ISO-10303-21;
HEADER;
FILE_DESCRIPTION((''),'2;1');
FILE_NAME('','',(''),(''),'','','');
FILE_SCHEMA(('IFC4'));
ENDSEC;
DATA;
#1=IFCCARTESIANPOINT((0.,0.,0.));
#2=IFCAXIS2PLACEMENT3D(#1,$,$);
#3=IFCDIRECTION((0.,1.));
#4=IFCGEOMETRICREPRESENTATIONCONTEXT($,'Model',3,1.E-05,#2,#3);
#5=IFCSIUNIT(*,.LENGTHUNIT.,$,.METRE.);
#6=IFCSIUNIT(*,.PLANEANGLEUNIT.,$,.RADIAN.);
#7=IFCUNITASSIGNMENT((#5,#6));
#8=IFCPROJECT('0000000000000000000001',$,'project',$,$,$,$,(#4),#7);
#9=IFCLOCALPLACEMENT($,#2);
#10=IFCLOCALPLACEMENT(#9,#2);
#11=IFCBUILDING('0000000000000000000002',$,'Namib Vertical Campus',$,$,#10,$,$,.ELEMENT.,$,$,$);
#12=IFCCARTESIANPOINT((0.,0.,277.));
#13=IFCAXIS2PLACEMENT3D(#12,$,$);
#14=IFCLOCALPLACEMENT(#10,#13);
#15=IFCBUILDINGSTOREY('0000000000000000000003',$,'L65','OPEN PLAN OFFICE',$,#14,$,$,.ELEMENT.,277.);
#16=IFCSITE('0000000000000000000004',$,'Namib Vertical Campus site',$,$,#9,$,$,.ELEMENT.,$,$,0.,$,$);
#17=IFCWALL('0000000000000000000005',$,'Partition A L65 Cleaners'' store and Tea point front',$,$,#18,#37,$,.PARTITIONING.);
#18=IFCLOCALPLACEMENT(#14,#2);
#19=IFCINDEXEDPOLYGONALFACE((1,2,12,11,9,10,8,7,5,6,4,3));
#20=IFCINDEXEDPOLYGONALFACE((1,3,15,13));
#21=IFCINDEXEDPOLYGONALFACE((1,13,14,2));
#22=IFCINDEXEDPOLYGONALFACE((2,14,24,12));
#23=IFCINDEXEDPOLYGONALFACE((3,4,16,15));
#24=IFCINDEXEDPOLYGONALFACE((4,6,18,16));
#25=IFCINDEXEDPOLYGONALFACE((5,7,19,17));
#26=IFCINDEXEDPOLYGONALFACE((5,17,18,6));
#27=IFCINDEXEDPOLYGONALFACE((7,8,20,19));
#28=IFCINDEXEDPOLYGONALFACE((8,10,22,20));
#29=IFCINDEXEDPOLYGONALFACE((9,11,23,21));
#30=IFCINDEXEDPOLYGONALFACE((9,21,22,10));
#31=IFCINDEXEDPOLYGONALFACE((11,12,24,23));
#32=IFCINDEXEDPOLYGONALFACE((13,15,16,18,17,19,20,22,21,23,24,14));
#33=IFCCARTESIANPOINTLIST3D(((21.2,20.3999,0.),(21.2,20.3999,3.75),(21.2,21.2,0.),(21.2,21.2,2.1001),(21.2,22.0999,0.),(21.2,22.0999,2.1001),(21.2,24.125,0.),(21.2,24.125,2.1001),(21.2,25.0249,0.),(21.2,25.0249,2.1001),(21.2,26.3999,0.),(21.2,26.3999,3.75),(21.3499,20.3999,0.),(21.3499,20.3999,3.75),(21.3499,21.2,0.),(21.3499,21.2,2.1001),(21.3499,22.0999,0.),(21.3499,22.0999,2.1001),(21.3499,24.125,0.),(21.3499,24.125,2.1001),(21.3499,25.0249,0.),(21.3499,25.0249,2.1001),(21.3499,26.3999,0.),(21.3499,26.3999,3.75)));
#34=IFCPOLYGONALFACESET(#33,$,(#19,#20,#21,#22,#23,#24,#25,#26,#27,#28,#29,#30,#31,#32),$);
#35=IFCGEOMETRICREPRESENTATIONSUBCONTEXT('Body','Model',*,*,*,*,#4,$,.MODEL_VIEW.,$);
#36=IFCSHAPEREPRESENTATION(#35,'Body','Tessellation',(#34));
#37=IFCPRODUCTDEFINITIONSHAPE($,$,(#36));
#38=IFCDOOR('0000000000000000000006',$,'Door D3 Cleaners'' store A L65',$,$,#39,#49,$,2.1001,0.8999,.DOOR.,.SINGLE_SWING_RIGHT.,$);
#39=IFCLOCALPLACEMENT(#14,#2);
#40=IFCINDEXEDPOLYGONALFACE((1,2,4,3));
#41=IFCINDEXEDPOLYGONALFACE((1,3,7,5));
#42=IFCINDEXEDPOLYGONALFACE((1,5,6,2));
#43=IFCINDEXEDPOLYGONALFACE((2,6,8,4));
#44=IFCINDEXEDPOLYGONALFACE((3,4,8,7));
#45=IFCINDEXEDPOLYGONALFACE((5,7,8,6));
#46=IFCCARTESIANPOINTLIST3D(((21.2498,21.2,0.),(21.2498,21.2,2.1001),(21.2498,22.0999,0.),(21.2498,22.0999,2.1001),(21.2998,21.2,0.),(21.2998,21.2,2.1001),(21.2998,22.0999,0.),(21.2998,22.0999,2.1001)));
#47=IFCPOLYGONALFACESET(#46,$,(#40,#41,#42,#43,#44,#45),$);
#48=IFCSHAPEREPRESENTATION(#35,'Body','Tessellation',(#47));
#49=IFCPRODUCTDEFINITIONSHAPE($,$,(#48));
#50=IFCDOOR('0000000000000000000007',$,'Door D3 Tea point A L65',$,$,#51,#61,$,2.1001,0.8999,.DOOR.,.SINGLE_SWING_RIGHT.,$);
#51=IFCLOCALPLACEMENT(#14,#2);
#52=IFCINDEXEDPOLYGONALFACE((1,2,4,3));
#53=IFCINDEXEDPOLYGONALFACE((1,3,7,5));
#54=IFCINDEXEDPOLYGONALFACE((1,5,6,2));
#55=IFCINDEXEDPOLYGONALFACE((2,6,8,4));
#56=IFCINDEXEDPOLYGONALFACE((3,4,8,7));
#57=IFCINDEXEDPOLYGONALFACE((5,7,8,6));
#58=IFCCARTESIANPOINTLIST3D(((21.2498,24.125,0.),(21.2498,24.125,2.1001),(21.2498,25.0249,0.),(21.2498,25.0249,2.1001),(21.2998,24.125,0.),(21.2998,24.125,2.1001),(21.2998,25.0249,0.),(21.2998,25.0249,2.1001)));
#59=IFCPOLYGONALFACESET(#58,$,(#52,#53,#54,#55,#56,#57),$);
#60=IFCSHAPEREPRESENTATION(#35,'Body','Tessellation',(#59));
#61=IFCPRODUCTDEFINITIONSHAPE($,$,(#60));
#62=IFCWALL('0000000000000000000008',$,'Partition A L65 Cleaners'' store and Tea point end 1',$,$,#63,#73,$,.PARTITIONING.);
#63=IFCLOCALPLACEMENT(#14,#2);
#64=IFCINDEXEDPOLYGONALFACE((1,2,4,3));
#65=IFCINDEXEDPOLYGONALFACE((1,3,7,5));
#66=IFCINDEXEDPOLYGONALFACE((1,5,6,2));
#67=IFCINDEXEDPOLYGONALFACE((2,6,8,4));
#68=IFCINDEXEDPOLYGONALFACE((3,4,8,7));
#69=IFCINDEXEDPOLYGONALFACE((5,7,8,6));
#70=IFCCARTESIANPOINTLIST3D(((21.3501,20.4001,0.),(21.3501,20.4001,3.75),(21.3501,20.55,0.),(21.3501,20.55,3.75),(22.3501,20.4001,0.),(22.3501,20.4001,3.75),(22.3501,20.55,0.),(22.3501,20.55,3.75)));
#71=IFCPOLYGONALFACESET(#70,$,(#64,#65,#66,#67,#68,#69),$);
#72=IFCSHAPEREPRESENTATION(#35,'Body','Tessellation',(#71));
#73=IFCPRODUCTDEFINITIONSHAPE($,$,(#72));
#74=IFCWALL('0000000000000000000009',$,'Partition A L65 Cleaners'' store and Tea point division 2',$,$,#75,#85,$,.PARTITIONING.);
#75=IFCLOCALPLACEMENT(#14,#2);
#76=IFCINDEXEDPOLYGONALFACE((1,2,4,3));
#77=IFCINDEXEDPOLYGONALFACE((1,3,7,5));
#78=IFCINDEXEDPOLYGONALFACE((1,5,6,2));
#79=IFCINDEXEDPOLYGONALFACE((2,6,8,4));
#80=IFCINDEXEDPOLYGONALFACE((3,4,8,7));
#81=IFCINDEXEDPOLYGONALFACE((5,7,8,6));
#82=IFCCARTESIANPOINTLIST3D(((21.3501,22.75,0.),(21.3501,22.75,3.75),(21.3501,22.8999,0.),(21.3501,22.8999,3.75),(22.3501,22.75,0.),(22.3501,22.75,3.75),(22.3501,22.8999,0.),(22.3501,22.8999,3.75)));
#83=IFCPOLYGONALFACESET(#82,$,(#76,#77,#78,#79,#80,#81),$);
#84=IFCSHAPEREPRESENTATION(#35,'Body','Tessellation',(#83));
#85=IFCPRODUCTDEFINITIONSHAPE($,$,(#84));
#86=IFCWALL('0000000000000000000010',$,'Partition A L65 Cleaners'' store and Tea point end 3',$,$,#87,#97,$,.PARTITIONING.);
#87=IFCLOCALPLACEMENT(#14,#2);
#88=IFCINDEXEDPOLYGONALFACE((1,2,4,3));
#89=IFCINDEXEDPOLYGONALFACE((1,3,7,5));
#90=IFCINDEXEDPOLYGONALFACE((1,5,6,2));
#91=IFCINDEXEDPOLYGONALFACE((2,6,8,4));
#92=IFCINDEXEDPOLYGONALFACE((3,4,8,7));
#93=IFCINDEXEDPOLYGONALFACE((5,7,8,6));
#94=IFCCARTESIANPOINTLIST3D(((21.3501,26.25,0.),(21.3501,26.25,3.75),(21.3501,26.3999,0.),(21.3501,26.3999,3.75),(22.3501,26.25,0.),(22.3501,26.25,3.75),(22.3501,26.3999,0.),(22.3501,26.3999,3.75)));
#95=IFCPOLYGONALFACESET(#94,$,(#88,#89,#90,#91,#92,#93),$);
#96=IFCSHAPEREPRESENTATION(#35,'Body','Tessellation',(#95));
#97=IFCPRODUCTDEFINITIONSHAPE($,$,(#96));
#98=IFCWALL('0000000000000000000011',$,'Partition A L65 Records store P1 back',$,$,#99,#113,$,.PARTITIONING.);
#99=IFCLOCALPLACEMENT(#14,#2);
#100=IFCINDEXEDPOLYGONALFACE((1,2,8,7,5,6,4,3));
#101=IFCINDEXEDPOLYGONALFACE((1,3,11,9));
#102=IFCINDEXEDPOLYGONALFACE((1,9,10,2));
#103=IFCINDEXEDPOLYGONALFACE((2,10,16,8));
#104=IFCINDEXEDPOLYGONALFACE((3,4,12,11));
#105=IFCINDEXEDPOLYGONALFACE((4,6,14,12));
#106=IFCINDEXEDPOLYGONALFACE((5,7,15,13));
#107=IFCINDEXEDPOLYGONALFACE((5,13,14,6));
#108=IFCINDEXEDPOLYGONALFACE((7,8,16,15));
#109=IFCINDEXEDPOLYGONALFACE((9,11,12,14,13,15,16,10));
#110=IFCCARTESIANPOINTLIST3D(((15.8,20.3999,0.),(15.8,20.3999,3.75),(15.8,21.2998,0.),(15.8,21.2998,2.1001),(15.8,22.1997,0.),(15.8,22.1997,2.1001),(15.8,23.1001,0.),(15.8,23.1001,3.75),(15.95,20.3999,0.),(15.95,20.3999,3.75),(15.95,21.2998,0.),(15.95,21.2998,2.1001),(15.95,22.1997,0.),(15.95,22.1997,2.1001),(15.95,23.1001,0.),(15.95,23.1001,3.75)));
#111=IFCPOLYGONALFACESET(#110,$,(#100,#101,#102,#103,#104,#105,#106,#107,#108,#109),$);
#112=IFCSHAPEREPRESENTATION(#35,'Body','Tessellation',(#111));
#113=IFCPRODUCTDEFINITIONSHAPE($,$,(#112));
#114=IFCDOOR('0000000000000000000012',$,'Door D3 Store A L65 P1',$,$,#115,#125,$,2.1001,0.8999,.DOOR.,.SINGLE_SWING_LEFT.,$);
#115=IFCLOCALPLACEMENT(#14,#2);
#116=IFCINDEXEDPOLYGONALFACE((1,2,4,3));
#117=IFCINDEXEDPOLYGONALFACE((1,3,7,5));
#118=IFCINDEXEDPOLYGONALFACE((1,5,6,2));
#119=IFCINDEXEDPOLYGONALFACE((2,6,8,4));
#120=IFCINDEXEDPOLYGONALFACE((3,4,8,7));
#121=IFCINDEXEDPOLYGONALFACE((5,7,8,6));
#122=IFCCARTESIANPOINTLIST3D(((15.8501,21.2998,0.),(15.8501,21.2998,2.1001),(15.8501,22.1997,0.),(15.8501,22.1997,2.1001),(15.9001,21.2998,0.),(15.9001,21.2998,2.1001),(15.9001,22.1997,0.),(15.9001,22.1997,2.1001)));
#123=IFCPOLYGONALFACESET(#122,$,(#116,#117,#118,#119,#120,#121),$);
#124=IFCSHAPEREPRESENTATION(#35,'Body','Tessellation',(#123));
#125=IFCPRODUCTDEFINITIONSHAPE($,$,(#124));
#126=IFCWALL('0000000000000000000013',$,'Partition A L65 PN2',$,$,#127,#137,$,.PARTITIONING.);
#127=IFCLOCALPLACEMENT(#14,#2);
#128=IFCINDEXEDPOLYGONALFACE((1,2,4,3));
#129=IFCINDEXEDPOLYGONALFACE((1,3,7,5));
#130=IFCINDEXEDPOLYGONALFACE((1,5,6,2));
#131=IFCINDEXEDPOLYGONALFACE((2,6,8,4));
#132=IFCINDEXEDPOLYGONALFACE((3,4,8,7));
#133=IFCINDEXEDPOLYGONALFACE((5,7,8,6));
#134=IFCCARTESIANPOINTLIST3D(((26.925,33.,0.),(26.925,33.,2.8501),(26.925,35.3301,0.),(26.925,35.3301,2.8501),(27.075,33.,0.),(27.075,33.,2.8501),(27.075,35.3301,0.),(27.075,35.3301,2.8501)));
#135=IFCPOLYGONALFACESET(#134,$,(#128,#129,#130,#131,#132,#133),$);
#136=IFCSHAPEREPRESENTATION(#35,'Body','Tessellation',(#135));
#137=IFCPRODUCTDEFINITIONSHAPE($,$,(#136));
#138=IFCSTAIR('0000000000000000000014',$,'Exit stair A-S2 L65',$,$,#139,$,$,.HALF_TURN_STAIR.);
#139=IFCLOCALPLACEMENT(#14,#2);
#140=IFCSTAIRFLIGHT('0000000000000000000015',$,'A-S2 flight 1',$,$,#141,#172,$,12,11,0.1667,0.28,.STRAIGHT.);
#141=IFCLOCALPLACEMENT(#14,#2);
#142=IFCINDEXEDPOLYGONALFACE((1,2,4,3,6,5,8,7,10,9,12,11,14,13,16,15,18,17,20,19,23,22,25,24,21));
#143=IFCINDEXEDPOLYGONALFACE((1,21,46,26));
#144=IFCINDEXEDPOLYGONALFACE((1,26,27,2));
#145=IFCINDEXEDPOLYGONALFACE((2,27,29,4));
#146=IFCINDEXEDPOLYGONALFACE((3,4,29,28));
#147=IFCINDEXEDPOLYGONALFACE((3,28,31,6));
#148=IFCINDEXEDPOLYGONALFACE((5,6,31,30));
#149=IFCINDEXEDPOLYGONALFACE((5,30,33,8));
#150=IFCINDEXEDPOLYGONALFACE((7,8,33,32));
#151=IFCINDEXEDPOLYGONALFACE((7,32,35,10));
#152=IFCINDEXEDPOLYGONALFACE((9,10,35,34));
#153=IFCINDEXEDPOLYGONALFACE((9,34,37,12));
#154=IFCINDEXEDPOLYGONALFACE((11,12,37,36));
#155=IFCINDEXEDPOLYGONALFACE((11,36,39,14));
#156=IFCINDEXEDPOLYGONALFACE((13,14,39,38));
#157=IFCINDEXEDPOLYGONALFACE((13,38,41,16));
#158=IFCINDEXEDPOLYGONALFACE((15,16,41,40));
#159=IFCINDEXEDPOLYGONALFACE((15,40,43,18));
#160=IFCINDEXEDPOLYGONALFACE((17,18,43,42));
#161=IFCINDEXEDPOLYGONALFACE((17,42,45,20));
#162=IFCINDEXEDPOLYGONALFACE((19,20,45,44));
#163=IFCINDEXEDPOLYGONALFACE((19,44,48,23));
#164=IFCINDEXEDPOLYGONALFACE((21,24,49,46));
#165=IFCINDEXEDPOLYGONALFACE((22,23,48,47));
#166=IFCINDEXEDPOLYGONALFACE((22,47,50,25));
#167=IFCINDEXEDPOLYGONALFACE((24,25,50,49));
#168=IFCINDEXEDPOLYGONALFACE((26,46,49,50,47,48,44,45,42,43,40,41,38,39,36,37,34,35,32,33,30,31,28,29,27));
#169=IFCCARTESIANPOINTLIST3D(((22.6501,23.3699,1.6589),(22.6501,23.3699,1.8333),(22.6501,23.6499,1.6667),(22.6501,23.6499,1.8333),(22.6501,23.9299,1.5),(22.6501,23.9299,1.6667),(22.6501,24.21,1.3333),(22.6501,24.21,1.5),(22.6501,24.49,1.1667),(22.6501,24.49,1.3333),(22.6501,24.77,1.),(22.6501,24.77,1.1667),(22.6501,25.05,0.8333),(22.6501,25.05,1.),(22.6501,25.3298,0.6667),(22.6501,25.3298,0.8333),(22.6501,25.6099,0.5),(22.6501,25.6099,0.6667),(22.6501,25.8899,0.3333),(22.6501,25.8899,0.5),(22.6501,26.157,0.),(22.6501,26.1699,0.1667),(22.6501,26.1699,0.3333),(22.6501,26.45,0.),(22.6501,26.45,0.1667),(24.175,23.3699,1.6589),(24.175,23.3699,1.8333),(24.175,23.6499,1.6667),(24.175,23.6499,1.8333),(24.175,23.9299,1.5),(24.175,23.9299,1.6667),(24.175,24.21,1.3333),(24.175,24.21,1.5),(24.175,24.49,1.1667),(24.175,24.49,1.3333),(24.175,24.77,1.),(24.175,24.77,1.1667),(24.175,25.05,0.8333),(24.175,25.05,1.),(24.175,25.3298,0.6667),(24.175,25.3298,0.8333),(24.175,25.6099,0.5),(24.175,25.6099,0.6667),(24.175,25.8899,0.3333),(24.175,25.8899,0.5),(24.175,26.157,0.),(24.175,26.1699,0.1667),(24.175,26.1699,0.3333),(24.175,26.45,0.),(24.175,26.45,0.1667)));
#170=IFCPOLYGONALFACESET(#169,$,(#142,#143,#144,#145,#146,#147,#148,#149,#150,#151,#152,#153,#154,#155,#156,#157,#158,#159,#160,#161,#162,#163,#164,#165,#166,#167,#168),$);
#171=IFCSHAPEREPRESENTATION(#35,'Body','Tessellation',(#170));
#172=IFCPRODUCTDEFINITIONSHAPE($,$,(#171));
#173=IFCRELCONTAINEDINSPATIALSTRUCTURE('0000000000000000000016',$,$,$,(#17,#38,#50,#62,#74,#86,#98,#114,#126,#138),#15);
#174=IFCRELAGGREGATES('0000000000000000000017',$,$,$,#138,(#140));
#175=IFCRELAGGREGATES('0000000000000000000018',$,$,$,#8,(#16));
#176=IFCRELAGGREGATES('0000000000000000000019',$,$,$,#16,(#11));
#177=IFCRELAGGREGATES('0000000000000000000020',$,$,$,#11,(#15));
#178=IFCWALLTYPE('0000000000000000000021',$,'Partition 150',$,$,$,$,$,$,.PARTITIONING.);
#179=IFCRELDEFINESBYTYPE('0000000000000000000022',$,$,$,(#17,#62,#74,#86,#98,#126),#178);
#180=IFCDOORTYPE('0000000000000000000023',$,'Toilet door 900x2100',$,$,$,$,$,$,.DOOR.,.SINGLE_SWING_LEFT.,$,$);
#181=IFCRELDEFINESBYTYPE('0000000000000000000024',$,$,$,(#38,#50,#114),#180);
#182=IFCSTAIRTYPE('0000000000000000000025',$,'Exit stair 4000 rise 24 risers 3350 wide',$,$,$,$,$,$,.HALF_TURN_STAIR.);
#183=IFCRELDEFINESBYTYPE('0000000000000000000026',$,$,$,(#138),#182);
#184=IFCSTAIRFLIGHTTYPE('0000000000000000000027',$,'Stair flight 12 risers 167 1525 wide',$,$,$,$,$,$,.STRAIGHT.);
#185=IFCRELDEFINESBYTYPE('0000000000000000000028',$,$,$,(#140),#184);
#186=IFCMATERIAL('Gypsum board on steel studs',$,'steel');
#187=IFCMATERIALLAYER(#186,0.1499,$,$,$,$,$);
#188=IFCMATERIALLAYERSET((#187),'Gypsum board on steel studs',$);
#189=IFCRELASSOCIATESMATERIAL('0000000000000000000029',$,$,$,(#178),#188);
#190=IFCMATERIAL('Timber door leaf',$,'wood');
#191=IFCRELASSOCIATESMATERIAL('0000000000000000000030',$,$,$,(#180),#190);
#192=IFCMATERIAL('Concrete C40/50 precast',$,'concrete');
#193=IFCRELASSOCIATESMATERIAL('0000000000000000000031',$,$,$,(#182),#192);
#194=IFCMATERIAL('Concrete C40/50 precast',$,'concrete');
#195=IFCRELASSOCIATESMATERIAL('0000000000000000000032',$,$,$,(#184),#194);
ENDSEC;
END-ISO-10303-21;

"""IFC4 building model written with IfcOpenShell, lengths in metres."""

from ifc_helpers import new_model, si_unit, direction, frame, frame_2d, origin, place, context, subcontext, project, spatial, polyline, rectangle, outline, extrude, material, layer, layer_set, type_object, element, fill, aggregate, save


model = new_model("IFC4")

# Units and contexts
model_context = context("Model", 3, precision=1e-05, world=origin(), true_north=direction((0.0, 1.0)))
body_context = subcontext(model_context, "Body", "Model", "MODEL_VIEW")
ifc_project = project(units=[si_unit("LENGTHUNIT", "METRE"), si_unit("PLANEANGLEUNIT", "RADIAN")], contexts=[model_context])

# Site, building, storey
site_placement = place(None, origin())
site = spatial("IfcSite", under=ifc_project, at=site_placement, Name="Namib Vertical Campus site", CompositionType="ELEMENT", RefElevation=0.0)
building_placement = place(site_placement, origin())
building = spatial("IfcBuilding", under=site, at=building_placement, Name="Namib Vertical Campus", CompositionType="ELEMENT")
storey_placement = place(building_placement, frame((0.0, 0.0, 277.0)))
storey = spatial("IfcBuildingStorey", under=building, at=storey_placement, Name="L65", Description="OPEN PLAN OFFICE", CompositionType="ELEMENT", Elevation=277.0)

# Wall, openings, doors
ifc_material_1 = material(Name="Gypsum board on steel studs", Category="steel")
ifc_layer_1 = layer(ifc_material_1, 0.1499)
ifc_layer_set_1 = layer_set([ifc_layer_1], Name="Gypsum board on steel studs")
wall_type_1 = type_object("IfcWallType", Name="Partition 150", PredefinedType="PARTITIONING", material=ifc_layer_set_1)
wall_1_placement = place(storey_placement, frame((21.2749, 20.3999, 0.0), z_axis=(0.0, 0.0, 1.0), x_axis=(0.0, 1.0, 0.0)))
wall_1 = element("IfcWall", 1, at=wall_1_placement, inside=storey, type_object=wall_type_1, Name="Partition A L65 Cleaners' store and Tea point front", PredefinedType="PARTITIONING", context=body_context, shape_type="SweptSolid", body=[
    extrude(rectangle(XDim=6.0, YDim=0.1499, at=frame_2d((3.0, 0.0))), origin(), (0.0, 0.0, 1.0), 3.75),
])
opening_1_placement = place(wall_1_placement, frame((0.8, 0.0, 0.0)))
opening_1 = element("IfcOpeningElement", 2, at=opening_1_placement, cuts=wall_1, PredefinedType="OPENING", context=body_context, shape_type="SweptSolid", body=[
    extrude(rectangle(XDim=0.8999, YDim=2.1001, at=frame_2d((0.45, 1.05))), frame((0.0, 0.085, 0.0), z_axis=(0.0, -1.0, 0.0), x_axis=(1.0, 0.0, 0.0)), (0.0, 0.0, 1.0), 0.1699),
])
opening_2_placement = place(wall_1_placement, frame((3.7251, 0.0, 0.0)))
opening_2 = element("IfcOpeningElement", 3, at=opening_2_placement, cuts=wall_1, PredefinedType="OPENING", context=body_context, shape_type="SweptSolid", body=[
    extrude(rectangle(XDim=0.8999, YDim=2.1001, at=frame_2d((0.45, 1.05))), frame((0.0, 0.085, 0.0), z_axis=(0.0, -1.0, 0.0), x_axis=(1.0, 0.0, 0.0)), (0.0, 0.0, 1.0), 0.1699),
])
ifc_material_2 = material(Name="Timber door leaf", Category="wood")
door_type_1 = type_object("IfcDoorType", Name="Toilet door 900x2100", OperationType="SINGLE_SWING_LEFT", PredefinedType="DOOR", material=ifc_material_2)
door_1_placement = place(opening_1_placement, frame((0.8999, 0.0, 0.0), z_axis=(0.0, 0.0, 1.0), x_axis=(-1.0, 0.0, 0.0)))
door_1 = element("IfcDoor", 4, at=door_1_placement, inside=storey, type_object=door_type_1, Name="Door D3 Cleaners' store A L65", OperationType="SINGLE_SWING_RIGHT", OverallHeight=2.1001, OverallWidth=0.8999, PredefinedType="DOOR", context=body_context, shape_type="SweptSolid", body=[
    extrude(rectangle(XDim=0.8999, YDim=2.1001, at=frame_2d((0.45, 1.05))), frame((0.0, 0.0249, 0.0), z_axis=(0.0, -1.0, 0.0), x_axis=(1.0, 0.0, 0.0)), (0.0, 0.0, 1.0), 0.05),
])
fill(opening_1, door_1)
door_2_placement = place(opening_2_placement, frame((0.8999, 0.0, 0.0), z_axis=(0.0, 0.0, 1.0), x_axis=(-1.0, 0.0, 0.0)))
door_2 = element("IfcDoor", 5, at=door_2_placement, inside=storey, type_object=door_type_1, Name="Door D3 Tea point A L65", OperationType="SINGLE_SWING_RIGHT", OverallHeight=2.1001, OverallWidth=0.8999, PredefinedType="DOOR", context=body_context, shape_type="SweptSolid", body=[
    extrude(rectangle(XDim=0.8999, YDim=2.1001, at=frame_2d((0.45, 1.05))), frame((0.0, 0.0249, 0.0), z_axis=(0.0, -1.0, 0.0), x_axis=(1.0, 0.0, 0.0)), (0.0, 0.0, 1.0), 0.05),
])
fill(opening_2, door_2)

# Walls
for number, where, z_axis, x_axis, name in (
    (6, (21.3501, 20.4751, 0.0), (0.0, 0.0, 1.0), (1.0, 0.0, 0.0), "Partition A L65 Cleaners' store and Tea point end 1"),
    (7, (21.3501, 22.825, 0.0), (0.0, 0.0, 1.0), (1.0, 0.0, 0.0), "Partition A L65 Cleaners' store and Tea point division 2"),
    (8, (21.3501, 26.325, 0.0), (0.0, 0.0, 1.0), (1.0, 0.0, 0.0), "Partition A L65 Cleaners' store and Tea point end 3"),
):
    element("IfcWall", number, at=place(storey_placement, frame(where, z_axis=z_axis, x_axis=x_axis)), inside=storey, type_object=wall_type_1, Name=name, PredefinedType="PARTITIONING", context=body_context, shape_type="SweptSolid", body=[
        extrude(rectangle(XDim=1.0, YDim=0.1499, at=frame_2d((0.5, 0.0))), origin(), (0.0, 0.0, 1.0), 3.75),
    ])

# Wall, opening, door
wall_2_placement = place(storey_placement, frame((15.875, 20.3999, 0.0), z_axis=(0.0, 0.0, 1.0), x_axis=(0.0, 1.0, 0.0)))
wall_2 = element("IfcWall", 9, at=wall_2_placement, inside=storey, type_object=wall_type_1, Name="Partition A L65 Records store P1 back", PredefinedType="PARTITIONING", context=body_context, shape_type="SweptSolid", body=[
    extrude(rectangle(XDim=2.7002, YDim=0.1499, at=frame_2d((1.3501, 0.0))), origin(), (0.0, 0.0, 1.0), 3.75),
])
opening_3_placement = place(wall_2_placement, frame((0.8999, 0.0, 0.0)))
opening_3 = element("IfcOpeningElement", 10, at=opening_3_placement, cuts=wall_2, PredefinedType="OPENING", context=body_context, shape_type="SweptSolid", body=[
    extrude(rectangle(XDim=0.8999, YDim=2.1001, at=frame_2d((0.45, 1.05))), frame((0.0, 0.085, 0.0), z_axis=(0.0, -1.0, 0.0), x_axis=(1.0, 0.0, 0.0)), (0.0, 0.0, 1.0), 0.1699),
])
door_3_placement = place(opening_3_placement, origin())
door_3 = element("IfcDoor", 11, at=door_3_placement, inside=storey, type_object=door_type_1, Name="Door D3 Store A L65 P1", OperationType="SINGLE_SWING_LEFT", OverallHeight=2.1001, OverallWidth=0.8999, PredefinedType="DOOR", context=body_context, shape_type="SweptSolid", body=[
    extrude(rectangle(XDim=0.8999, YDim=2.1001, at=frame_2d((0.45, 1.05))), frame((0.0, 0.0249, 0.0), z_axis=(0.0, -1.0, 0.0), x_axis=(1.0, 0.0, 0.0)), (0.0, 0.0, 1.0), 0.05),
])
fill(opening_3, door_3)

# Wall
wall_3_placement = place(storey_placement, frame((27.0, 33.0, 0.0), z_axis=(0.0, 0.0, 1.0), x_axis=(0.0, 1.0, 0.0)))
element("IfcWall", 12, at=wall_3_placement, inside=storey, type_object=wall_type_1, Name="Partition A L65 PN2", PredefinedType="PARTITIONING", context=body_context, shape_type="SweptSolid", body=[
    extrude(rectangle(XDim=2.3301, YDim=0.1499, at=frame_2d((1.165, 0.0))), origin(), (0.0, 0.0, 1.0), 2.8501),
])

# Stair, stair flight
ifc_material_3 = material(Name="Concrete C40/50 precast", Category="concrete")
stair_type = type_object("IfcStairType", Name="Exit stair 4000 rise 24 risers 3350 wide", PredefinedType="HALF_TURN_STAIR", material=ifc_material_3)
stair_placement = place(storey_placement, origin())
stair = element("IfcStair", 13, at=stair_placement, inside=storey, type_object=stair_type, Name="Exit stair A-S2 L65", PredefinedType="HALF_TURN_STAIR")
ifc_material_4 = material(Name="Concrete C40/50 precast", Category="concrete")
stair_flight_type = type_object("IfcStairFlightType", Name="Stair flight 12 risers 167 1525 wide", PredefinedType="STRAIGHT", material=ifc_material_4)
stair_flight_1_placement = place(storey_placement, frame((23.4126, 26.45, 0.0), z_axis=(0.0, 0.0, 1.0), x_axis=(0.0, -1.0, 0.0)))
stair_flight_1 = element("IfcStairFlight", 14, at=stair_flight_1_placement, type_object=stair_flight_type, Name="A-S2 flight 1", NumberOfRisers=12, NumberOfTreads=11, PredefinedType="STRAIGHT", RiserHeight=0.1667, TreadLength=0.28, context=body_context, shape_type="SweptSolid", body=[
    extrude(outline(polyline([(0.0, 0.0), (0.0, 0.1667), (0.28, 0.1667), (0.28, 0.3333), (0.5601, 0.3333), (0.5601, 0.5), (0.8401, 0.5), (0.8401, 0.6667), (1.1201, 0.6667), (1.1201, 0.8333), (1.3999, 0.8333), (1.3999, 1.0), (1.6799, 1.0), (1.6799, 1.1667), (1.96, 1.1667), (1.96, 1.3333), (2.24, 1.3333), (2.24, 1.5), (2.52, 1.5), (2.52, 1.6667), (2.8, 1.6667), (2.8, 1.8333), (3.0801, 1.8333), (3.0801, 2.0), (3.0801, 1.6589), (0.293, 0.0), (0.0, 0.0)])), frame((0.0, 0.7625, 0.0), z_axis=(0.0, -1.0, 0.0), x_axis=(1.0, 0.0, 0.0)), (0.0, 0.0, 1.0), 1.5249),
])
aggregate(stair, [stair_flight_1])

save(model, "model.ifc")
